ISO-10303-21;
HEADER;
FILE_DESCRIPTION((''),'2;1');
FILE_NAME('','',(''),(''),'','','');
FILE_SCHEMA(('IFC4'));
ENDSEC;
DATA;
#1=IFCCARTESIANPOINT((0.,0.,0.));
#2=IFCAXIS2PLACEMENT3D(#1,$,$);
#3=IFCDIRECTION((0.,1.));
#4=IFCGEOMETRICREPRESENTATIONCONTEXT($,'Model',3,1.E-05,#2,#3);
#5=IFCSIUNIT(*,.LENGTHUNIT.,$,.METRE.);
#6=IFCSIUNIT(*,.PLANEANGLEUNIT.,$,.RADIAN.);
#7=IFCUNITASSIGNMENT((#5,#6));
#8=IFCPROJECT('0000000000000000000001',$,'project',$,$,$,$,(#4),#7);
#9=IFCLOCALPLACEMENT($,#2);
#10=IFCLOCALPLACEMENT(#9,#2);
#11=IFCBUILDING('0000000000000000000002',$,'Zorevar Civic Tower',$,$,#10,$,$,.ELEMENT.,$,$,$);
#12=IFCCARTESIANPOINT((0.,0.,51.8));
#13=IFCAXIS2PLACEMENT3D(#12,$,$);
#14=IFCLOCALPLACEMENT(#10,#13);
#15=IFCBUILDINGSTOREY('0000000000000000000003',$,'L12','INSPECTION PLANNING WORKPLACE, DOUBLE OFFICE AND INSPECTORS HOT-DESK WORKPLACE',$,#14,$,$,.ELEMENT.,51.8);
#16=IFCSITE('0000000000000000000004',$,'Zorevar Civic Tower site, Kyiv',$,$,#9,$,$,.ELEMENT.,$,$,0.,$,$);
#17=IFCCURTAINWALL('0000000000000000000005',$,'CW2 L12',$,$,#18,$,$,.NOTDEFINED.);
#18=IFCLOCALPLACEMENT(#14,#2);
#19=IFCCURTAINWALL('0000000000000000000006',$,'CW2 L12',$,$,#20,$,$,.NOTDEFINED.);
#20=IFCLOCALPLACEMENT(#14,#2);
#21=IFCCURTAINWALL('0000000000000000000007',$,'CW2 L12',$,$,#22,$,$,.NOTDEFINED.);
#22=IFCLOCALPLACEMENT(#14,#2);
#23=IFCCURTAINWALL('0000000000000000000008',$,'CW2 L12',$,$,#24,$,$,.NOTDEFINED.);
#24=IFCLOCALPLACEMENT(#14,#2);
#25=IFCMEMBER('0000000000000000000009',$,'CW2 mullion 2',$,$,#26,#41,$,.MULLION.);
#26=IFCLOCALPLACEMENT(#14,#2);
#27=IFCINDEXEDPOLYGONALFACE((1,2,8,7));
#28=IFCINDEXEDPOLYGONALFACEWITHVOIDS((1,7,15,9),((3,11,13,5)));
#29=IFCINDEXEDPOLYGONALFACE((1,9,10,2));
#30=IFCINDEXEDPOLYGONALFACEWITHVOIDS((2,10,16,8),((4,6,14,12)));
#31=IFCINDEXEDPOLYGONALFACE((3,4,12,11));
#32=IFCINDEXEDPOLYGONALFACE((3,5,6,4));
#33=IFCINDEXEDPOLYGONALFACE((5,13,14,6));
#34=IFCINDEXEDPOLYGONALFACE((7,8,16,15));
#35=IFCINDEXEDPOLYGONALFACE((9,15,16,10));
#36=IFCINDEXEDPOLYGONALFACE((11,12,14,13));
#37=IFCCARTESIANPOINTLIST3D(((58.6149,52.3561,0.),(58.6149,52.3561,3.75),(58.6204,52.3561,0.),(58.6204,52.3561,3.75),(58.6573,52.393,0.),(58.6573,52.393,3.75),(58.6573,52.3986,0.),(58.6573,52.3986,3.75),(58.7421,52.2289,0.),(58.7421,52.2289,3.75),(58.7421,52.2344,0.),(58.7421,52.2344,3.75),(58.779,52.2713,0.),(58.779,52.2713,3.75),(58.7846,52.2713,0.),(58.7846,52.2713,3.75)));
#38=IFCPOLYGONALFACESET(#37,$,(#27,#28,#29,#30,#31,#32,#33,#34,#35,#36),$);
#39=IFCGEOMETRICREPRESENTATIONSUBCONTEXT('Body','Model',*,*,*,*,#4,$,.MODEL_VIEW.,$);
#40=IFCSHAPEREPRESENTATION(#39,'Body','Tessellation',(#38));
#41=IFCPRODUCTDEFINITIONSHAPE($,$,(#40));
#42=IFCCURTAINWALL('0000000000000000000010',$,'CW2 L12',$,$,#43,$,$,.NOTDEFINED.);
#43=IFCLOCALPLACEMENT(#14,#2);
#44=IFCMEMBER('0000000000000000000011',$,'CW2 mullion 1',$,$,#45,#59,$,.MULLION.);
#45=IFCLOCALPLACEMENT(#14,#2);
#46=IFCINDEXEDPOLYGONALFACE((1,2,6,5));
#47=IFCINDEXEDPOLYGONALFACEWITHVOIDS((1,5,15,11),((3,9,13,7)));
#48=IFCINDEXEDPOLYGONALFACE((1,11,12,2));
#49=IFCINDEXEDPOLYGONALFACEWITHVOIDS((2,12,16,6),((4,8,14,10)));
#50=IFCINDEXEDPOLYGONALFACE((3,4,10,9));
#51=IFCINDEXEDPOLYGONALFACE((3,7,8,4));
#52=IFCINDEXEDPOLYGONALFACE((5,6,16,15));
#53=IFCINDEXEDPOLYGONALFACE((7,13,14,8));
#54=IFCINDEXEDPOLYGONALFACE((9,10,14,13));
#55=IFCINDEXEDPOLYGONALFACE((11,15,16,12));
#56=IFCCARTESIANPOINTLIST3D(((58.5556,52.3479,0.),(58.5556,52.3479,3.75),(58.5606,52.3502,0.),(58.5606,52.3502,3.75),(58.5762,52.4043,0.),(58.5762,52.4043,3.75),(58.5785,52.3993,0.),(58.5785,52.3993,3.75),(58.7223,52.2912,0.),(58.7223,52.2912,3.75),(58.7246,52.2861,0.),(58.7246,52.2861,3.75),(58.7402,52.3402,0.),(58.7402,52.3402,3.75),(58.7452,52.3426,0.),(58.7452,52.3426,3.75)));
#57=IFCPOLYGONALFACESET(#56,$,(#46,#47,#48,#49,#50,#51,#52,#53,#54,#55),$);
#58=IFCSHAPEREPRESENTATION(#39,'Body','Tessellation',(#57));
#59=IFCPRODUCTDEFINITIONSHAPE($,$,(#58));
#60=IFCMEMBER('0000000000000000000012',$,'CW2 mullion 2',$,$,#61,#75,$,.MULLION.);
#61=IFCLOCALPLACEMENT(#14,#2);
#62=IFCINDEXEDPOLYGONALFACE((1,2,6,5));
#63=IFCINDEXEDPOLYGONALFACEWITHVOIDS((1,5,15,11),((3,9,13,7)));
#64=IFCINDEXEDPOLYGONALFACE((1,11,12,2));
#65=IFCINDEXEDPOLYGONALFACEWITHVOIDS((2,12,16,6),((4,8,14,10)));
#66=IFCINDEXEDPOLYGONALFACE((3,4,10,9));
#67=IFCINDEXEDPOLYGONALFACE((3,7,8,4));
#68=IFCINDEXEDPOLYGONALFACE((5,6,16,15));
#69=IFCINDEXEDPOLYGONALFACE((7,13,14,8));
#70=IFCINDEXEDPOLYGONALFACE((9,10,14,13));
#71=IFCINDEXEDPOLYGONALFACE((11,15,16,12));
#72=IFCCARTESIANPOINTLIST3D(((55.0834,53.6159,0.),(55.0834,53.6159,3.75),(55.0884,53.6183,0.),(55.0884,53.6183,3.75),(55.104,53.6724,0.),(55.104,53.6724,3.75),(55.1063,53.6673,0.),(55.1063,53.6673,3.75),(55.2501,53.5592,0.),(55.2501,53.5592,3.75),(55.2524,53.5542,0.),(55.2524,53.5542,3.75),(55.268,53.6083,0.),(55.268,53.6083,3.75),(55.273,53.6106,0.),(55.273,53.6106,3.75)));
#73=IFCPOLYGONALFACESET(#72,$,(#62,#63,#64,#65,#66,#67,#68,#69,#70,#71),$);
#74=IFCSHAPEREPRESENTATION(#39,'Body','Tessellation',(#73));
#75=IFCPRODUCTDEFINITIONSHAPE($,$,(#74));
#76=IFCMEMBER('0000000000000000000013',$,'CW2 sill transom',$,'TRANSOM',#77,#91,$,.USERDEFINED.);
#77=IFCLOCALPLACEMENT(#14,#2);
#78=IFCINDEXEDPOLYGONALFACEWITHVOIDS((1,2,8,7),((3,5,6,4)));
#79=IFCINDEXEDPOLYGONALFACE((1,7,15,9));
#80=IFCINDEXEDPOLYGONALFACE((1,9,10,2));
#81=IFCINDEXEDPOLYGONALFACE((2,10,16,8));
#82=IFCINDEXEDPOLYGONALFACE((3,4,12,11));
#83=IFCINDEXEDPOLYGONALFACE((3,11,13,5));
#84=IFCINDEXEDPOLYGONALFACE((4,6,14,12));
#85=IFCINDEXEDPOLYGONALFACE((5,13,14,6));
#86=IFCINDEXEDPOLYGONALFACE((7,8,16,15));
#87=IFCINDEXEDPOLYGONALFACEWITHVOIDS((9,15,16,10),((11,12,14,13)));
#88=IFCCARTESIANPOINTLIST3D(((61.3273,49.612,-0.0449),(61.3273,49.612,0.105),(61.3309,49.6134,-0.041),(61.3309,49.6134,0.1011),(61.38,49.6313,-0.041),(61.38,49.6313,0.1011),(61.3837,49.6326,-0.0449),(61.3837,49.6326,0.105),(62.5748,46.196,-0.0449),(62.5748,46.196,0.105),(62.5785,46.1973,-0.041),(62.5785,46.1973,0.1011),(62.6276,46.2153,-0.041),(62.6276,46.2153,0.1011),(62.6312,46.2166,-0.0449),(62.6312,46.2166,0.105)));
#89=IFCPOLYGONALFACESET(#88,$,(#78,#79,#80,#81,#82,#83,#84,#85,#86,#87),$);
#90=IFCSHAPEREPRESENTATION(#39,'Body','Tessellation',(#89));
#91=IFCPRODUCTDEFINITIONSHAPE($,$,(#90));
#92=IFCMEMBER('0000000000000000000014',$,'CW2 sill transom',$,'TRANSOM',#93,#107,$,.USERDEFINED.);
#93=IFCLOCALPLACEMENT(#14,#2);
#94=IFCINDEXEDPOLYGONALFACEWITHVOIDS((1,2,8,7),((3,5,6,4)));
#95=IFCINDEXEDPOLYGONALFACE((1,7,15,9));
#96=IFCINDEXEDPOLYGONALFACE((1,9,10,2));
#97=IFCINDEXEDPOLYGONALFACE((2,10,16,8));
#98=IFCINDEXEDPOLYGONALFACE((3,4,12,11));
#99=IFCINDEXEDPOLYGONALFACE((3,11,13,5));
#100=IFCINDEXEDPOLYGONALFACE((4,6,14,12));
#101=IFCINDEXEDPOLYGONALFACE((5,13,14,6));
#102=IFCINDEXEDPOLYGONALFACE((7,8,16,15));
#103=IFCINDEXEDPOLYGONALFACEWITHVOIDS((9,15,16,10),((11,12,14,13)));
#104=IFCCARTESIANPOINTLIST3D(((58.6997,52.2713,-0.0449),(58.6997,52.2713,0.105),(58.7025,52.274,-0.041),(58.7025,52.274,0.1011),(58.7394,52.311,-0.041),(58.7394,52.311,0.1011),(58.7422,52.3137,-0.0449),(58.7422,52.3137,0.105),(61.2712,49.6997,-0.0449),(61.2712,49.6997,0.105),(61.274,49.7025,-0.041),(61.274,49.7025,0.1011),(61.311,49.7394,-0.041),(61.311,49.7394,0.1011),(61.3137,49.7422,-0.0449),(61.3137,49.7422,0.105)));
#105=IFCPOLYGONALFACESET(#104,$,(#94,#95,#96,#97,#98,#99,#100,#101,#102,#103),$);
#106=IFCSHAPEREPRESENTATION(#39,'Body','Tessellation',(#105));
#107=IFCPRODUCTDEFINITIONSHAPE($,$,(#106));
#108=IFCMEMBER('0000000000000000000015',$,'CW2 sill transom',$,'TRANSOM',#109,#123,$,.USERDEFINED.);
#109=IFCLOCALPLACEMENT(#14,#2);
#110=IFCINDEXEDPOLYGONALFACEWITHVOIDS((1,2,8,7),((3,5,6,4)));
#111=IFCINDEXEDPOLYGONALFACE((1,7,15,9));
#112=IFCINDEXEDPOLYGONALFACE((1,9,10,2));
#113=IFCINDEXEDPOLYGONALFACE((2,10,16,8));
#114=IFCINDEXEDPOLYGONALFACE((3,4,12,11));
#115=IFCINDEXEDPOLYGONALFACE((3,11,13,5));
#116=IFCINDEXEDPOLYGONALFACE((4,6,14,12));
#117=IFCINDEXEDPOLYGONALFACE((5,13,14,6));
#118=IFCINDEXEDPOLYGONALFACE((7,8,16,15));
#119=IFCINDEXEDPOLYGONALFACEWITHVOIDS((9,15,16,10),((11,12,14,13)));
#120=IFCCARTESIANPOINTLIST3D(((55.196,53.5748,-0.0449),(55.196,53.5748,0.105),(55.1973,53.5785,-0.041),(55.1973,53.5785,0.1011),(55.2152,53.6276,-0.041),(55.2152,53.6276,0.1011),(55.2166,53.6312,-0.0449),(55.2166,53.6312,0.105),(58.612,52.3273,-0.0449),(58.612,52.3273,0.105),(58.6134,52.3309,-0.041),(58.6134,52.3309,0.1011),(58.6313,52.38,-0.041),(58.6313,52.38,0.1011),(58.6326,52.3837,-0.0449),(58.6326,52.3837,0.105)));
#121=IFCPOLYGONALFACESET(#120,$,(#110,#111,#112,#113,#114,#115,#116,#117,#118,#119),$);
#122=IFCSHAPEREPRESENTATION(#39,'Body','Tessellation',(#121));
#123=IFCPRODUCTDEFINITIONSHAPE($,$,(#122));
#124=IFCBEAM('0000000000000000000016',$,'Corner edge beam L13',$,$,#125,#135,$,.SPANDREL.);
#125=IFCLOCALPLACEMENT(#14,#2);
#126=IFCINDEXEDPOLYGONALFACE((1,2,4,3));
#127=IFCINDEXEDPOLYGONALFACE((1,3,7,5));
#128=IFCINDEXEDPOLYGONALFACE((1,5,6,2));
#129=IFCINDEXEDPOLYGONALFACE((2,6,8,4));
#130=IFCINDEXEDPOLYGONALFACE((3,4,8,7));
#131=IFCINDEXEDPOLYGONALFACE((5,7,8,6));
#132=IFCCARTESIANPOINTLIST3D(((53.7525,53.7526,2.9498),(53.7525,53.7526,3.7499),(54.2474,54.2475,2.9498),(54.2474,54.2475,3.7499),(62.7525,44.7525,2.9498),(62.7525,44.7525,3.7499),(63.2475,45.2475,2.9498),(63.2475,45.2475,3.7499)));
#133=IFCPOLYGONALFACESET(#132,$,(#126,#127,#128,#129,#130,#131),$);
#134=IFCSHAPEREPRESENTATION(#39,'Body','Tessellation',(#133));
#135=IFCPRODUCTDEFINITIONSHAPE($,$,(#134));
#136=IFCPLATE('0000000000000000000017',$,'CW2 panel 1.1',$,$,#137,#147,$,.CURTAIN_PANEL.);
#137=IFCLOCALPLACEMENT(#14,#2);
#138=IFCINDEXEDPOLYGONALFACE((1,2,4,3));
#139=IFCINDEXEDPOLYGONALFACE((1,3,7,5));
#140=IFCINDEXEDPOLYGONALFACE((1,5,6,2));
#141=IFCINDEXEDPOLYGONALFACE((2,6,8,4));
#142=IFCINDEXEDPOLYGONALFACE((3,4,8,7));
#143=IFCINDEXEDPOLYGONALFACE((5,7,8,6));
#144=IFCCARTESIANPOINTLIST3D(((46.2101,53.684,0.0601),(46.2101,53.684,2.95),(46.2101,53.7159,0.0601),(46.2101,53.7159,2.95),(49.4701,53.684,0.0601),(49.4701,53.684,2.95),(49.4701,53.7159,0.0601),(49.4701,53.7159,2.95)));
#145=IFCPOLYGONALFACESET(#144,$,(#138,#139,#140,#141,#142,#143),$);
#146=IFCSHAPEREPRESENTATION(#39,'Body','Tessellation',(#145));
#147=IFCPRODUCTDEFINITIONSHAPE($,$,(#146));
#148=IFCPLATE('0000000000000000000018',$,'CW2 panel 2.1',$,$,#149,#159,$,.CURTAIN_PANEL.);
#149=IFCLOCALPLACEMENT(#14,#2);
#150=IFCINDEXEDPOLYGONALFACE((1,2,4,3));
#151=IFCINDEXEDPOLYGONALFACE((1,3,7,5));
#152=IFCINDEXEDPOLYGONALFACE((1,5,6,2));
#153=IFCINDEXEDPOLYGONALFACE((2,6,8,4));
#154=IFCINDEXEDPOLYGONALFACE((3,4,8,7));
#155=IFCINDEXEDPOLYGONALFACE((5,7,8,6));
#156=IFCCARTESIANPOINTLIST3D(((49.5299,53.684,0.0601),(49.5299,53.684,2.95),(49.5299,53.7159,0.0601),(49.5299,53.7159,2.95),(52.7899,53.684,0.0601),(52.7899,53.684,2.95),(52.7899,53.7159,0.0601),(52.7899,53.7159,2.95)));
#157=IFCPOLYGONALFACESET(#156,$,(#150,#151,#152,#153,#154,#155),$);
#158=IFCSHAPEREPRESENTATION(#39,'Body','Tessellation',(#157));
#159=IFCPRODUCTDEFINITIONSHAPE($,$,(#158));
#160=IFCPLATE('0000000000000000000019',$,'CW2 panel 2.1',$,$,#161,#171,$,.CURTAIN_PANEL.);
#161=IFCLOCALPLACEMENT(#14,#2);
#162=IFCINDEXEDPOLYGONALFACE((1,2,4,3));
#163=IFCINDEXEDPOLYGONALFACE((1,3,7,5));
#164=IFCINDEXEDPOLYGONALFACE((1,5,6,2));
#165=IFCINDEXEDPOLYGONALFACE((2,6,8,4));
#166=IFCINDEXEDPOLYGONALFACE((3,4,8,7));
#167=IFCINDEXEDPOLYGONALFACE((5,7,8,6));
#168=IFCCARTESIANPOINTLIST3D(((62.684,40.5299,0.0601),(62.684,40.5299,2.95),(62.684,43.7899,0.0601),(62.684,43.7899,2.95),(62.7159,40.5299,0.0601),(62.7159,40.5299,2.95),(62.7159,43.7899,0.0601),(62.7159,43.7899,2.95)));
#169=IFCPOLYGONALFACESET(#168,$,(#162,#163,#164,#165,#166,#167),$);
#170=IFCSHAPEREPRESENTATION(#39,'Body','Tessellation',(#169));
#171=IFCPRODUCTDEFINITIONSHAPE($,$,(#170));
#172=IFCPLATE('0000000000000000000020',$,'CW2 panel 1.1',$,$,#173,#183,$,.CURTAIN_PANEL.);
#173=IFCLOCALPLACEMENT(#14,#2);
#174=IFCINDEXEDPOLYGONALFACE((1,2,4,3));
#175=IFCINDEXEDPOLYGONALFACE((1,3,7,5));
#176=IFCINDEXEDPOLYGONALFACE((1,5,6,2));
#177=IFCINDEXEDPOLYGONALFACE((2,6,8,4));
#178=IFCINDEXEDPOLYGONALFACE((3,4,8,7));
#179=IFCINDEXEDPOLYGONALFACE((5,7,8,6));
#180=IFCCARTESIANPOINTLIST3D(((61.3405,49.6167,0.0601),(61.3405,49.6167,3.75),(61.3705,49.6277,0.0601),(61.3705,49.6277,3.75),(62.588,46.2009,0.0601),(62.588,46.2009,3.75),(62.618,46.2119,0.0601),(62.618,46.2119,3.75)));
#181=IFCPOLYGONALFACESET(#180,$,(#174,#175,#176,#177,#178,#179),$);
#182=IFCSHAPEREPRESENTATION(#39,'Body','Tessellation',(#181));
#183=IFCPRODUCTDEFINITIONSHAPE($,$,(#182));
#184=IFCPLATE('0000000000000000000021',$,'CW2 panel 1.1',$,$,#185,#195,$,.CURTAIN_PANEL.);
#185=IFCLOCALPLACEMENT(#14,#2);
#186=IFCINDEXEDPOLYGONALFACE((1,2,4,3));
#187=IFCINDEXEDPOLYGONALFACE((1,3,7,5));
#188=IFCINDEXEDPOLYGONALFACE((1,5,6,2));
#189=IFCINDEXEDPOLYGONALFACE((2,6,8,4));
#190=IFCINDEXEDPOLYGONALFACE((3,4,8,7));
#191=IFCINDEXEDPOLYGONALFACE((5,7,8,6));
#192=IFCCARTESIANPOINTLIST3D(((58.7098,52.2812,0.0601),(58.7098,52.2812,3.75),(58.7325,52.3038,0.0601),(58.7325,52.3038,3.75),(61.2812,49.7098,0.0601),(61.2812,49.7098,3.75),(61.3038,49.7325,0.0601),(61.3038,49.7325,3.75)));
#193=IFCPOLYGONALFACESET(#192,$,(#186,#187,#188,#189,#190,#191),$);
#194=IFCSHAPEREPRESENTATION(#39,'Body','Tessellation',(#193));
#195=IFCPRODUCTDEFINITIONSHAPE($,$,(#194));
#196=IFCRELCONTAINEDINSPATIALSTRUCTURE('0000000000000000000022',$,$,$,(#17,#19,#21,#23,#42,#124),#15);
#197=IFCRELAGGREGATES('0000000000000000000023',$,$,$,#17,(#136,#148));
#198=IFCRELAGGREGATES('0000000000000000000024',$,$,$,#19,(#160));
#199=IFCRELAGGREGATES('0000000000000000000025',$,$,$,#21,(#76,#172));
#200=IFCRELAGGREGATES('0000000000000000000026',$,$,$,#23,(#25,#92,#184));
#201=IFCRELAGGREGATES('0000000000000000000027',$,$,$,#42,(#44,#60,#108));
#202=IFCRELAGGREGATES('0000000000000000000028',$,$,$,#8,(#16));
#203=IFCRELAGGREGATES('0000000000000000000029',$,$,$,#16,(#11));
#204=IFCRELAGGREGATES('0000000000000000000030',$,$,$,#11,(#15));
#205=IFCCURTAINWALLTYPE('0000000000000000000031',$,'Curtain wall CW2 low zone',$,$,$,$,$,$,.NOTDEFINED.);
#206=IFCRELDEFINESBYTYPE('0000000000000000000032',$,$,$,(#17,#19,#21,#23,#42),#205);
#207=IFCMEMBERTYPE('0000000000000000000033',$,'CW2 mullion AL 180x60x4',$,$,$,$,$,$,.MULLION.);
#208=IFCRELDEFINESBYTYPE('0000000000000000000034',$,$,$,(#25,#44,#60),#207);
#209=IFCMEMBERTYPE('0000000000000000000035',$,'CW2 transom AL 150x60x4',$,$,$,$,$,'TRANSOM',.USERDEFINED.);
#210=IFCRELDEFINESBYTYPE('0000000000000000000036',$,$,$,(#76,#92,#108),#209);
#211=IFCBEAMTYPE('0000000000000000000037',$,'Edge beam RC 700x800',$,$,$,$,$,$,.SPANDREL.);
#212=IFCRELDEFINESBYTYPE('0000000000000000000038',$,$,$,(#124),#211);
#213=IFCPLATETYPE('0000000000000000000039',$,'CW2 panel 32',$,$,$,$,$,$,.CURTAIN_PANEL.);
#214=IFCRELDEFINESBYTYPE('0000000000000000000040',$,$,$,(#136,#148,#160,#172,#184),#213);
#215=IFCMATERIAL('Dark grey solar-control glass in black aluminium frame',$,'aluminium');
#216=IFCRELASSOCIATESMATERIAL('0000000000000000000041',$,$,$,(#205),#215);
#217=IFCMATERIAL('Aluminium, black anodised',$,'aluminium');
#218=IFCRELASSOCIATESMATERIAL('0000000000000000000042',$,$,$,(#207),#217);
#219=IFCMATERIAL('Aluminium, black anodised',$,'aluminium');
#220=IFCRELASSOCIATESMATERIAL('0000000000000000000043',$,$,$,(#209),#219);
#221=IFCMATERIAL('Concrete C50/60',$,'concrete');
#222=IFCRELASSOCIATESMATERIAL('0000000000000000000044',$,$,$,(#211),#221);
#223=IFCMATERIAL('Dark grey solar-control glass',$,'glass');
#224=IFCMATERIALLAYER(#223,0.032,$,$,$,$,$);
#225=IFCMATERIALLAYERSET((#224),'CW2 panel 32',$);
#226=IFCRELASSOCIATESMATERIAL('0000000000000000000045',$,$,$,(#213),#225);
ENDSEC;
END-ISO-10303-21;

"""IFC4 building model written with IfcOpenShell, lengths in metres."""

from ifc_helpers import new_model, si_unit, direction, frame, origin, origin_2d, place, context, subcontext, project, spatial, rectangle, hollow_rectangle, extrude, material, layer, layer_set, material_profile, profile_set, type_object, element, aggregate, save


model = new_model("IFC4")

# Units and contexts
model_context = context("Model", 3, precision=1e-05, world=origin(), true_north=direction((0.0, 1.0)))
body_context = subcontext(model_context, "Body", "Model", "MODEL_VIEW")
ifc_project = project(units=[si_unit("LENGTHUNIT", "METRE"), si_unit("PLANEANGLEUNIT", "RADIAN")], contexts=[model_context])

# Site, building, storey
site_placement = place(None, origin())
site = spatial("IfcSite", under=ifc_project, at=site_placement, Name="Zorevar Civic Tower site, Kyiv", CompositionType="ELEMENT", RefElevation=0.0)
building_placement = place(site_placement, origin())
building = spatial("IfcBuilding", under=site, at=building_placement, Name="Zorevar Civic Tower", CompositionType="ELEMENT")
storey_placement = place(building_placement, frame((0.0, 0.0, 51.8)))
storey = spatial("IfcBuildingStorey", under=building, at=storey_placement, Name="L12", Description="INSPECTION PLANNING WORKPLACE, DOUBLE OFFICE AND INSPECTORS HOT-DESK WORKPLACE", CompositionType="ELEMENT", Elevation=51.8)

# Curtain walls, members
ifc_material_1 = material(Name="Dark grey solar-control glass in black aluminium frame", Category="aluminium")
curtain_wall_type = type_object("IfcCurtainWallType", Name="Curtain wall CW2 low zone", PredefinedType="NOTDEFINED", material=ifc_material_1)
curtain_wall_1_placement = place(storey_placement, origin())
curtain_wall_1 = element("IfcCurtainWall", 1, at=curtain_wall_1_placement, inside=storey, type_object=curtain_wall_type, Name="CW2 L12", PredefinedType="NOTDEFINED")
ifc_material_2 = material(Name="Aluminium, black anodised", Category="aluminium")
ifc_material_profile_1 = material_profile(ifc_material_2, hollow_rectangle(XDim=0.0601, YDim=0.1799, WallThickness=0.0039, at=origin_2d()), Name="AL 180x60x4")
ifc_profile_set_1 = profile_set([ifc_material_profile_1], Name="Aluminium, black anodised")
member_type_1 = type_object("IfcMemberType", Name="CW2 mullion AL 180x60x4", PredefinedType="MULLION", material=ifc_profile_set_1)
curtain_wall_2_placement = place(storey_placement, origin())
curtain_wall_2 = element("IfcCurtainWall", 2, at=curtain_wall_2_placement, inside=storey, type_object=curtain_wall_type, Name="CW2 L12", PredefinedType="NOTDEFINED")
curtain_wall_3_placement = place(storey_placement, origin())
curtain_wall_3 = element("IfcCurtainWall", 3, at=curtain_wall_3_placement, inside=storey, type_object=curtain_wall_type, Name="CW2 L12", PredefinedType="NOTDEFINED")
curtain_wall_4_placement = place(storey_placement, origin())
curtain_wall_4 = element("IfcCurtainWall", 4, at=curtain_wall_4_placement, inside=storey, type_object=curtain_wall_type, Name="CW2 L12", PredefinedType="NOTDEFINED")
member_1_placement = place(storey_placement, frame((58.6997, 52.3137, 0.0), z_axis=(0.0, 0.0, 1.0), x_axis=(-0.707107, -0.707107, 0.0)))
member_1 = element("IfcMember", 5, at=member_1_placement, type_object=member_type_1, Name="CW2 mullion 2", PredefinedType="MULLION", context=body_context, shape_type="SweptSolid", body=[
    extrude(hollow_rectangle(XDim=0.0601, YDim=0.1799, WallThickness=0.0039, at=origin_2d()), origin(), (0.0, 0.0, 1.0), 3.75),
])
curtain_wall_5_placement = place(storey_placement, origin())
curtain_wall_5 = element("IfcCurtainWall", 6, at=curtain_wall_5_placement, inside=storey, type_object=curtain_wall_type, Name="CW2 L12", PredefinedType="NOTDEFINED")
member_2_placement = place(storey_placement, frame((58.6504, 52.3452, 0.0), z_axis=(0.0, 0.0, 1.0), x_axis=(-0.34306, -0.939313, 0.0)))
member_2 = element("IfcMember", 7, at=member_2_placement, type_object=member_type_1, Name="CW2 mullion 1", PredefinedType="MULLION", context=body_context, shape_type="SweptSolid", body=[
    extrude(hollow_rectangle(XDim=0.0601, YDim=0.1799, WallThickness=0.0039, at=origin_2d()), origin(), (0.0, 0.0, 1.0), 3.75),
])
member_3_placement = place(storey_placement, frame((55.1782, 53.6133, 0.0), z_axis=(0.0, 0.0, 1.0), x_axis=(-0.34306, -0.939313, 0.0)))
member_3 = element("IfcMember", 8, at=member_3_placement, type_object=member_type_1, Name="CW2 mullion 2", PredefinedType="MULLION", context=body_context, shape_type="SweptSolid", body=[
    extrude(hollow_rectangle(XDim=0.0601, YDim=0.1799, WallThickness=0.0039, at=origin_2d()), origin(), (0.0, 0.0, 1.0), 3.75),
])

# Members
ifc_material_3 = material(Name="Aluminium, black anodised", Category="aluminium")
ifc_material_profile_2 = material_profile(ifc_material_3, hollow_rectangle(XDim=0.0601, YDim=0.1499, WallThickness=0.0039, at=origin_2d()), Name="AL 150x60x4")
ifc_profile_set_2 = profile_set([ifc_material_profile_2], Name="Aluminium, black anodised")
member_type_2 = type_object("IfcMemberType", Name="CW2 transom AL 150x60x4", ElementType="TRANSOM", PredefinedType="USERDEFINED", material=ifc_profile_set_2)
member_4_placement = place(storey_placement, frame((62.603, 46.2063, 0.03), z_axis=(-0.343047, 0.939318, 0.0), x_axis=(-0.939318, -0.343047, 0.0)))
member_4 = element("IfcMember", 9, at=member_4_placement, type_object=member_type_2, Name="CW2 sill transom", ObjectType="TRANSOM", PredefinedType="USERDEFINED", context=body_context, shape_type="SweptSolid", body=[
    extrude(hollow_rectangle(XDim=0.0601, YDim=0.1499, WallThickness=0.0039, at=origin_2d()), origin(), (0.0, 0.0, 1.0), 3.6367),
])
member_5_placement = place(storey_placement, frame((61.2925, 49.7209, 0.03), z_axis=(-0.707107, 0.707107, 0.0), x_axis=(-0.707107, -0.707107, 0.0)))
member_5 = element("IfcMember", 10, at=member_5_placement, type_object=member_type_2, Name="CW2 sill transom", ObjectType="TRANSOM", PredefinedType="USERDEFINED", context=body_context, shape_type="SweptSolid", body=[
    extrude(hollow_rectangle(XDim=0.0601, YDim=0.1499, WallThickness=0.0039, at=origin_2d()), origin(), (0.0, 0.0, 1.0), 3.6367),
])
member_6_placement = place(storey_placement, frame((58.6223, 52.3555, 0.03), z_axis=(-0.939318, 0.343047, 0.0), x_axis=(-0.343047, -0.939318, 0.0)))
member_6 = element("IfcMember", 11, at=member_6_placement, type_object=member_type_2, Name="CW2 sill transom", ObjectType="TRANSOM", PredefinedType="USERDEFINED", context=body_context, shape_type="SweptSolid", body=[
    extrude(hollow_rectangle(XDim=0.0601, YDim=0.1499, WallThickness=0.0039, at=origin_2d()), origin(), (0.0, 0.0, 1.0), 3.6367),
])

# Beam
ifc_material_4 = material(Name="Concrete C50/60", Category="concrete")
ifc_material_profile_3 = material_profile(ifc_material_4, rectangle(XDim=0.7, YDim=0.8, at=origin_2d()), Name="RC 700x800")
ifc_profile_set_3 = profile_set([ifc_material_profile_3], Name="Concrete C50/60")
beam_type_1 = type_object("IfcBeamType", Name="Edge beam RC 700x800", PredefinedType="SPANDREL", material=ifc_profile_set_3)
beam_1_placement = place(storey_placement, frame((63.0, 45.0, 3.3499), z_axis=(-0.707107, 0.707107, 0.0), x_axis=(-0.707107, -0.707107, 0.0)))
element("IfcBeam", 12, at=beam_1_placement, inside=storey, type_object=beam_type_1, Name="Corner edge beam L13", PredefinedType="SPANDREL", context=body_context, shape_type="SweptSolid", body=[
    extrude(rectangle(XDim=0.7, YDim=0.8, at=origin_2d()), origin(), (0.0, 0.0, 1.0), 12.728),
])

# Plates
ifc_material_5 = material(Name="Dark grey solar-control glass", Category="glass")
ifc_layer_1 = layer(ifc_material_5, 0.032)
ifc_layer_set_1 = layer_set([ifc_layer_1], Name="CW2 panel 32")
plate_type = type_object("IfcPlateType", Name="CW2 panel 32", PredefinedType="CURTAIN_PANEL", material=ifc_layer_set_1)
plate_1_placement = place(storey_placement, frame((47.8401, 53.7, 0.0601), z_axis=(0.0, 0.0, 1.0), x_axis=(1.0, 0.0, 0.0)))
plate_1 = element("IfcPlate", 13, at=plate_1_placement, type_object=plate_type, Name="CW2 panel 1.1", PredefinedType="CURTAIN_PANEL", context=body_context, shape_type="SweptSolid", body=[
    extrude(rectangle(XDim=3.26, YDim=0.032, at=origin_2d()), origin(), (0.0, 0.0, 1.0), 2.8899),
])
plate_2_placement = place(storey_placement, frame((51.1599, 53.7, 0.0601), z_axis=(0.0, 0.0, 1.0), x_axis=(1.0, 0.0, 0.0)))
plate_2 = element("IfcPlate", 14, at=plate_2_placement, type_object=plate_type, Name="CW2 panel 2.1", PredefinedType="CURTAIN_PANEL", context=body_context, shape_type="SweptSolid", body=[
    extrude(rectangle(XDim=3.26, YDim=0.032, at=origin_2d()), origin(), (0.0, 0.0, 1.0), 2.8899),
])
aggregate(curtain_wall_1, [plate_1, plate_2])
plate_3_placement = place(storey_placement, frame((62.7, 42.1599, 0.0601), z_axis=(0.0, 0.0, 1.0), x_axis=(0.0, 1.0, 0.0)))
plate_3 = element("IfcPlate", 15, at=plate_3_placement, type_object=plate_type, Name="CW2 panel 2.1", PredefinedType="CURTAIN_PANEL", context=body_context, shape_type="SweptSolid", body=[
    extrude(rectangle(XDim=3.26, YDim=0.032, at=origin_2d()), origin(), (0.0, 0.0, 1.0), 2.8899),
])
aggregate(curtain_wall_2, [plate_3])
plate_4_placement = place(storey_placement, frame((61.9792, 47.9143, 0.0601), z_axis=(0.0, 0.0, 1.0), x_axis=(-0.34306, 0.939313, 0.0)))
plate_4 = element("IfcPlate", 16, at=plate_4_placement, type_object=plate_type, Name="CW2 panel 1.1", PredefinedType="CURTAIN_PANEL", context=body_context, shape_type="SweptSolid", body=[
    extrude(rectangle(XDim=3.6365, YDim=0.032, at=origin_2d()), origin(), (0.0, 0.0, 1.0), 3.6899),
])
aggregate(curtain_wall_3, [member_4, plate_4])
plate_5_placement = place(storey_placement, frame((60.0068, 51.0068, 0.0601), z_axis=(0.0, 0.0, 1.0), x_axis=(-0.707107, 0.707107, 0.0)))
plate_5 = element("IfcPlate", 17, at=plate_5_placement, type_object=plate_type, Name="CW2 panel 1.1", PredefinedType="CURTAIN_PANEL", context=body_context, shape_type="SweptSolid", body=[
    extrude(rectangle(XDim=3.6365, YDim=0.032, at=origin_2d()), origin(), (0.0, 0.0, 1.0), 3.6899),
])
aggregate(curtain_wall_4, [member_1, member_5, plate_5])
aggregate(curtain_wall_5, [member_2, member_3, member_6])

save(model, "model.ifc")
